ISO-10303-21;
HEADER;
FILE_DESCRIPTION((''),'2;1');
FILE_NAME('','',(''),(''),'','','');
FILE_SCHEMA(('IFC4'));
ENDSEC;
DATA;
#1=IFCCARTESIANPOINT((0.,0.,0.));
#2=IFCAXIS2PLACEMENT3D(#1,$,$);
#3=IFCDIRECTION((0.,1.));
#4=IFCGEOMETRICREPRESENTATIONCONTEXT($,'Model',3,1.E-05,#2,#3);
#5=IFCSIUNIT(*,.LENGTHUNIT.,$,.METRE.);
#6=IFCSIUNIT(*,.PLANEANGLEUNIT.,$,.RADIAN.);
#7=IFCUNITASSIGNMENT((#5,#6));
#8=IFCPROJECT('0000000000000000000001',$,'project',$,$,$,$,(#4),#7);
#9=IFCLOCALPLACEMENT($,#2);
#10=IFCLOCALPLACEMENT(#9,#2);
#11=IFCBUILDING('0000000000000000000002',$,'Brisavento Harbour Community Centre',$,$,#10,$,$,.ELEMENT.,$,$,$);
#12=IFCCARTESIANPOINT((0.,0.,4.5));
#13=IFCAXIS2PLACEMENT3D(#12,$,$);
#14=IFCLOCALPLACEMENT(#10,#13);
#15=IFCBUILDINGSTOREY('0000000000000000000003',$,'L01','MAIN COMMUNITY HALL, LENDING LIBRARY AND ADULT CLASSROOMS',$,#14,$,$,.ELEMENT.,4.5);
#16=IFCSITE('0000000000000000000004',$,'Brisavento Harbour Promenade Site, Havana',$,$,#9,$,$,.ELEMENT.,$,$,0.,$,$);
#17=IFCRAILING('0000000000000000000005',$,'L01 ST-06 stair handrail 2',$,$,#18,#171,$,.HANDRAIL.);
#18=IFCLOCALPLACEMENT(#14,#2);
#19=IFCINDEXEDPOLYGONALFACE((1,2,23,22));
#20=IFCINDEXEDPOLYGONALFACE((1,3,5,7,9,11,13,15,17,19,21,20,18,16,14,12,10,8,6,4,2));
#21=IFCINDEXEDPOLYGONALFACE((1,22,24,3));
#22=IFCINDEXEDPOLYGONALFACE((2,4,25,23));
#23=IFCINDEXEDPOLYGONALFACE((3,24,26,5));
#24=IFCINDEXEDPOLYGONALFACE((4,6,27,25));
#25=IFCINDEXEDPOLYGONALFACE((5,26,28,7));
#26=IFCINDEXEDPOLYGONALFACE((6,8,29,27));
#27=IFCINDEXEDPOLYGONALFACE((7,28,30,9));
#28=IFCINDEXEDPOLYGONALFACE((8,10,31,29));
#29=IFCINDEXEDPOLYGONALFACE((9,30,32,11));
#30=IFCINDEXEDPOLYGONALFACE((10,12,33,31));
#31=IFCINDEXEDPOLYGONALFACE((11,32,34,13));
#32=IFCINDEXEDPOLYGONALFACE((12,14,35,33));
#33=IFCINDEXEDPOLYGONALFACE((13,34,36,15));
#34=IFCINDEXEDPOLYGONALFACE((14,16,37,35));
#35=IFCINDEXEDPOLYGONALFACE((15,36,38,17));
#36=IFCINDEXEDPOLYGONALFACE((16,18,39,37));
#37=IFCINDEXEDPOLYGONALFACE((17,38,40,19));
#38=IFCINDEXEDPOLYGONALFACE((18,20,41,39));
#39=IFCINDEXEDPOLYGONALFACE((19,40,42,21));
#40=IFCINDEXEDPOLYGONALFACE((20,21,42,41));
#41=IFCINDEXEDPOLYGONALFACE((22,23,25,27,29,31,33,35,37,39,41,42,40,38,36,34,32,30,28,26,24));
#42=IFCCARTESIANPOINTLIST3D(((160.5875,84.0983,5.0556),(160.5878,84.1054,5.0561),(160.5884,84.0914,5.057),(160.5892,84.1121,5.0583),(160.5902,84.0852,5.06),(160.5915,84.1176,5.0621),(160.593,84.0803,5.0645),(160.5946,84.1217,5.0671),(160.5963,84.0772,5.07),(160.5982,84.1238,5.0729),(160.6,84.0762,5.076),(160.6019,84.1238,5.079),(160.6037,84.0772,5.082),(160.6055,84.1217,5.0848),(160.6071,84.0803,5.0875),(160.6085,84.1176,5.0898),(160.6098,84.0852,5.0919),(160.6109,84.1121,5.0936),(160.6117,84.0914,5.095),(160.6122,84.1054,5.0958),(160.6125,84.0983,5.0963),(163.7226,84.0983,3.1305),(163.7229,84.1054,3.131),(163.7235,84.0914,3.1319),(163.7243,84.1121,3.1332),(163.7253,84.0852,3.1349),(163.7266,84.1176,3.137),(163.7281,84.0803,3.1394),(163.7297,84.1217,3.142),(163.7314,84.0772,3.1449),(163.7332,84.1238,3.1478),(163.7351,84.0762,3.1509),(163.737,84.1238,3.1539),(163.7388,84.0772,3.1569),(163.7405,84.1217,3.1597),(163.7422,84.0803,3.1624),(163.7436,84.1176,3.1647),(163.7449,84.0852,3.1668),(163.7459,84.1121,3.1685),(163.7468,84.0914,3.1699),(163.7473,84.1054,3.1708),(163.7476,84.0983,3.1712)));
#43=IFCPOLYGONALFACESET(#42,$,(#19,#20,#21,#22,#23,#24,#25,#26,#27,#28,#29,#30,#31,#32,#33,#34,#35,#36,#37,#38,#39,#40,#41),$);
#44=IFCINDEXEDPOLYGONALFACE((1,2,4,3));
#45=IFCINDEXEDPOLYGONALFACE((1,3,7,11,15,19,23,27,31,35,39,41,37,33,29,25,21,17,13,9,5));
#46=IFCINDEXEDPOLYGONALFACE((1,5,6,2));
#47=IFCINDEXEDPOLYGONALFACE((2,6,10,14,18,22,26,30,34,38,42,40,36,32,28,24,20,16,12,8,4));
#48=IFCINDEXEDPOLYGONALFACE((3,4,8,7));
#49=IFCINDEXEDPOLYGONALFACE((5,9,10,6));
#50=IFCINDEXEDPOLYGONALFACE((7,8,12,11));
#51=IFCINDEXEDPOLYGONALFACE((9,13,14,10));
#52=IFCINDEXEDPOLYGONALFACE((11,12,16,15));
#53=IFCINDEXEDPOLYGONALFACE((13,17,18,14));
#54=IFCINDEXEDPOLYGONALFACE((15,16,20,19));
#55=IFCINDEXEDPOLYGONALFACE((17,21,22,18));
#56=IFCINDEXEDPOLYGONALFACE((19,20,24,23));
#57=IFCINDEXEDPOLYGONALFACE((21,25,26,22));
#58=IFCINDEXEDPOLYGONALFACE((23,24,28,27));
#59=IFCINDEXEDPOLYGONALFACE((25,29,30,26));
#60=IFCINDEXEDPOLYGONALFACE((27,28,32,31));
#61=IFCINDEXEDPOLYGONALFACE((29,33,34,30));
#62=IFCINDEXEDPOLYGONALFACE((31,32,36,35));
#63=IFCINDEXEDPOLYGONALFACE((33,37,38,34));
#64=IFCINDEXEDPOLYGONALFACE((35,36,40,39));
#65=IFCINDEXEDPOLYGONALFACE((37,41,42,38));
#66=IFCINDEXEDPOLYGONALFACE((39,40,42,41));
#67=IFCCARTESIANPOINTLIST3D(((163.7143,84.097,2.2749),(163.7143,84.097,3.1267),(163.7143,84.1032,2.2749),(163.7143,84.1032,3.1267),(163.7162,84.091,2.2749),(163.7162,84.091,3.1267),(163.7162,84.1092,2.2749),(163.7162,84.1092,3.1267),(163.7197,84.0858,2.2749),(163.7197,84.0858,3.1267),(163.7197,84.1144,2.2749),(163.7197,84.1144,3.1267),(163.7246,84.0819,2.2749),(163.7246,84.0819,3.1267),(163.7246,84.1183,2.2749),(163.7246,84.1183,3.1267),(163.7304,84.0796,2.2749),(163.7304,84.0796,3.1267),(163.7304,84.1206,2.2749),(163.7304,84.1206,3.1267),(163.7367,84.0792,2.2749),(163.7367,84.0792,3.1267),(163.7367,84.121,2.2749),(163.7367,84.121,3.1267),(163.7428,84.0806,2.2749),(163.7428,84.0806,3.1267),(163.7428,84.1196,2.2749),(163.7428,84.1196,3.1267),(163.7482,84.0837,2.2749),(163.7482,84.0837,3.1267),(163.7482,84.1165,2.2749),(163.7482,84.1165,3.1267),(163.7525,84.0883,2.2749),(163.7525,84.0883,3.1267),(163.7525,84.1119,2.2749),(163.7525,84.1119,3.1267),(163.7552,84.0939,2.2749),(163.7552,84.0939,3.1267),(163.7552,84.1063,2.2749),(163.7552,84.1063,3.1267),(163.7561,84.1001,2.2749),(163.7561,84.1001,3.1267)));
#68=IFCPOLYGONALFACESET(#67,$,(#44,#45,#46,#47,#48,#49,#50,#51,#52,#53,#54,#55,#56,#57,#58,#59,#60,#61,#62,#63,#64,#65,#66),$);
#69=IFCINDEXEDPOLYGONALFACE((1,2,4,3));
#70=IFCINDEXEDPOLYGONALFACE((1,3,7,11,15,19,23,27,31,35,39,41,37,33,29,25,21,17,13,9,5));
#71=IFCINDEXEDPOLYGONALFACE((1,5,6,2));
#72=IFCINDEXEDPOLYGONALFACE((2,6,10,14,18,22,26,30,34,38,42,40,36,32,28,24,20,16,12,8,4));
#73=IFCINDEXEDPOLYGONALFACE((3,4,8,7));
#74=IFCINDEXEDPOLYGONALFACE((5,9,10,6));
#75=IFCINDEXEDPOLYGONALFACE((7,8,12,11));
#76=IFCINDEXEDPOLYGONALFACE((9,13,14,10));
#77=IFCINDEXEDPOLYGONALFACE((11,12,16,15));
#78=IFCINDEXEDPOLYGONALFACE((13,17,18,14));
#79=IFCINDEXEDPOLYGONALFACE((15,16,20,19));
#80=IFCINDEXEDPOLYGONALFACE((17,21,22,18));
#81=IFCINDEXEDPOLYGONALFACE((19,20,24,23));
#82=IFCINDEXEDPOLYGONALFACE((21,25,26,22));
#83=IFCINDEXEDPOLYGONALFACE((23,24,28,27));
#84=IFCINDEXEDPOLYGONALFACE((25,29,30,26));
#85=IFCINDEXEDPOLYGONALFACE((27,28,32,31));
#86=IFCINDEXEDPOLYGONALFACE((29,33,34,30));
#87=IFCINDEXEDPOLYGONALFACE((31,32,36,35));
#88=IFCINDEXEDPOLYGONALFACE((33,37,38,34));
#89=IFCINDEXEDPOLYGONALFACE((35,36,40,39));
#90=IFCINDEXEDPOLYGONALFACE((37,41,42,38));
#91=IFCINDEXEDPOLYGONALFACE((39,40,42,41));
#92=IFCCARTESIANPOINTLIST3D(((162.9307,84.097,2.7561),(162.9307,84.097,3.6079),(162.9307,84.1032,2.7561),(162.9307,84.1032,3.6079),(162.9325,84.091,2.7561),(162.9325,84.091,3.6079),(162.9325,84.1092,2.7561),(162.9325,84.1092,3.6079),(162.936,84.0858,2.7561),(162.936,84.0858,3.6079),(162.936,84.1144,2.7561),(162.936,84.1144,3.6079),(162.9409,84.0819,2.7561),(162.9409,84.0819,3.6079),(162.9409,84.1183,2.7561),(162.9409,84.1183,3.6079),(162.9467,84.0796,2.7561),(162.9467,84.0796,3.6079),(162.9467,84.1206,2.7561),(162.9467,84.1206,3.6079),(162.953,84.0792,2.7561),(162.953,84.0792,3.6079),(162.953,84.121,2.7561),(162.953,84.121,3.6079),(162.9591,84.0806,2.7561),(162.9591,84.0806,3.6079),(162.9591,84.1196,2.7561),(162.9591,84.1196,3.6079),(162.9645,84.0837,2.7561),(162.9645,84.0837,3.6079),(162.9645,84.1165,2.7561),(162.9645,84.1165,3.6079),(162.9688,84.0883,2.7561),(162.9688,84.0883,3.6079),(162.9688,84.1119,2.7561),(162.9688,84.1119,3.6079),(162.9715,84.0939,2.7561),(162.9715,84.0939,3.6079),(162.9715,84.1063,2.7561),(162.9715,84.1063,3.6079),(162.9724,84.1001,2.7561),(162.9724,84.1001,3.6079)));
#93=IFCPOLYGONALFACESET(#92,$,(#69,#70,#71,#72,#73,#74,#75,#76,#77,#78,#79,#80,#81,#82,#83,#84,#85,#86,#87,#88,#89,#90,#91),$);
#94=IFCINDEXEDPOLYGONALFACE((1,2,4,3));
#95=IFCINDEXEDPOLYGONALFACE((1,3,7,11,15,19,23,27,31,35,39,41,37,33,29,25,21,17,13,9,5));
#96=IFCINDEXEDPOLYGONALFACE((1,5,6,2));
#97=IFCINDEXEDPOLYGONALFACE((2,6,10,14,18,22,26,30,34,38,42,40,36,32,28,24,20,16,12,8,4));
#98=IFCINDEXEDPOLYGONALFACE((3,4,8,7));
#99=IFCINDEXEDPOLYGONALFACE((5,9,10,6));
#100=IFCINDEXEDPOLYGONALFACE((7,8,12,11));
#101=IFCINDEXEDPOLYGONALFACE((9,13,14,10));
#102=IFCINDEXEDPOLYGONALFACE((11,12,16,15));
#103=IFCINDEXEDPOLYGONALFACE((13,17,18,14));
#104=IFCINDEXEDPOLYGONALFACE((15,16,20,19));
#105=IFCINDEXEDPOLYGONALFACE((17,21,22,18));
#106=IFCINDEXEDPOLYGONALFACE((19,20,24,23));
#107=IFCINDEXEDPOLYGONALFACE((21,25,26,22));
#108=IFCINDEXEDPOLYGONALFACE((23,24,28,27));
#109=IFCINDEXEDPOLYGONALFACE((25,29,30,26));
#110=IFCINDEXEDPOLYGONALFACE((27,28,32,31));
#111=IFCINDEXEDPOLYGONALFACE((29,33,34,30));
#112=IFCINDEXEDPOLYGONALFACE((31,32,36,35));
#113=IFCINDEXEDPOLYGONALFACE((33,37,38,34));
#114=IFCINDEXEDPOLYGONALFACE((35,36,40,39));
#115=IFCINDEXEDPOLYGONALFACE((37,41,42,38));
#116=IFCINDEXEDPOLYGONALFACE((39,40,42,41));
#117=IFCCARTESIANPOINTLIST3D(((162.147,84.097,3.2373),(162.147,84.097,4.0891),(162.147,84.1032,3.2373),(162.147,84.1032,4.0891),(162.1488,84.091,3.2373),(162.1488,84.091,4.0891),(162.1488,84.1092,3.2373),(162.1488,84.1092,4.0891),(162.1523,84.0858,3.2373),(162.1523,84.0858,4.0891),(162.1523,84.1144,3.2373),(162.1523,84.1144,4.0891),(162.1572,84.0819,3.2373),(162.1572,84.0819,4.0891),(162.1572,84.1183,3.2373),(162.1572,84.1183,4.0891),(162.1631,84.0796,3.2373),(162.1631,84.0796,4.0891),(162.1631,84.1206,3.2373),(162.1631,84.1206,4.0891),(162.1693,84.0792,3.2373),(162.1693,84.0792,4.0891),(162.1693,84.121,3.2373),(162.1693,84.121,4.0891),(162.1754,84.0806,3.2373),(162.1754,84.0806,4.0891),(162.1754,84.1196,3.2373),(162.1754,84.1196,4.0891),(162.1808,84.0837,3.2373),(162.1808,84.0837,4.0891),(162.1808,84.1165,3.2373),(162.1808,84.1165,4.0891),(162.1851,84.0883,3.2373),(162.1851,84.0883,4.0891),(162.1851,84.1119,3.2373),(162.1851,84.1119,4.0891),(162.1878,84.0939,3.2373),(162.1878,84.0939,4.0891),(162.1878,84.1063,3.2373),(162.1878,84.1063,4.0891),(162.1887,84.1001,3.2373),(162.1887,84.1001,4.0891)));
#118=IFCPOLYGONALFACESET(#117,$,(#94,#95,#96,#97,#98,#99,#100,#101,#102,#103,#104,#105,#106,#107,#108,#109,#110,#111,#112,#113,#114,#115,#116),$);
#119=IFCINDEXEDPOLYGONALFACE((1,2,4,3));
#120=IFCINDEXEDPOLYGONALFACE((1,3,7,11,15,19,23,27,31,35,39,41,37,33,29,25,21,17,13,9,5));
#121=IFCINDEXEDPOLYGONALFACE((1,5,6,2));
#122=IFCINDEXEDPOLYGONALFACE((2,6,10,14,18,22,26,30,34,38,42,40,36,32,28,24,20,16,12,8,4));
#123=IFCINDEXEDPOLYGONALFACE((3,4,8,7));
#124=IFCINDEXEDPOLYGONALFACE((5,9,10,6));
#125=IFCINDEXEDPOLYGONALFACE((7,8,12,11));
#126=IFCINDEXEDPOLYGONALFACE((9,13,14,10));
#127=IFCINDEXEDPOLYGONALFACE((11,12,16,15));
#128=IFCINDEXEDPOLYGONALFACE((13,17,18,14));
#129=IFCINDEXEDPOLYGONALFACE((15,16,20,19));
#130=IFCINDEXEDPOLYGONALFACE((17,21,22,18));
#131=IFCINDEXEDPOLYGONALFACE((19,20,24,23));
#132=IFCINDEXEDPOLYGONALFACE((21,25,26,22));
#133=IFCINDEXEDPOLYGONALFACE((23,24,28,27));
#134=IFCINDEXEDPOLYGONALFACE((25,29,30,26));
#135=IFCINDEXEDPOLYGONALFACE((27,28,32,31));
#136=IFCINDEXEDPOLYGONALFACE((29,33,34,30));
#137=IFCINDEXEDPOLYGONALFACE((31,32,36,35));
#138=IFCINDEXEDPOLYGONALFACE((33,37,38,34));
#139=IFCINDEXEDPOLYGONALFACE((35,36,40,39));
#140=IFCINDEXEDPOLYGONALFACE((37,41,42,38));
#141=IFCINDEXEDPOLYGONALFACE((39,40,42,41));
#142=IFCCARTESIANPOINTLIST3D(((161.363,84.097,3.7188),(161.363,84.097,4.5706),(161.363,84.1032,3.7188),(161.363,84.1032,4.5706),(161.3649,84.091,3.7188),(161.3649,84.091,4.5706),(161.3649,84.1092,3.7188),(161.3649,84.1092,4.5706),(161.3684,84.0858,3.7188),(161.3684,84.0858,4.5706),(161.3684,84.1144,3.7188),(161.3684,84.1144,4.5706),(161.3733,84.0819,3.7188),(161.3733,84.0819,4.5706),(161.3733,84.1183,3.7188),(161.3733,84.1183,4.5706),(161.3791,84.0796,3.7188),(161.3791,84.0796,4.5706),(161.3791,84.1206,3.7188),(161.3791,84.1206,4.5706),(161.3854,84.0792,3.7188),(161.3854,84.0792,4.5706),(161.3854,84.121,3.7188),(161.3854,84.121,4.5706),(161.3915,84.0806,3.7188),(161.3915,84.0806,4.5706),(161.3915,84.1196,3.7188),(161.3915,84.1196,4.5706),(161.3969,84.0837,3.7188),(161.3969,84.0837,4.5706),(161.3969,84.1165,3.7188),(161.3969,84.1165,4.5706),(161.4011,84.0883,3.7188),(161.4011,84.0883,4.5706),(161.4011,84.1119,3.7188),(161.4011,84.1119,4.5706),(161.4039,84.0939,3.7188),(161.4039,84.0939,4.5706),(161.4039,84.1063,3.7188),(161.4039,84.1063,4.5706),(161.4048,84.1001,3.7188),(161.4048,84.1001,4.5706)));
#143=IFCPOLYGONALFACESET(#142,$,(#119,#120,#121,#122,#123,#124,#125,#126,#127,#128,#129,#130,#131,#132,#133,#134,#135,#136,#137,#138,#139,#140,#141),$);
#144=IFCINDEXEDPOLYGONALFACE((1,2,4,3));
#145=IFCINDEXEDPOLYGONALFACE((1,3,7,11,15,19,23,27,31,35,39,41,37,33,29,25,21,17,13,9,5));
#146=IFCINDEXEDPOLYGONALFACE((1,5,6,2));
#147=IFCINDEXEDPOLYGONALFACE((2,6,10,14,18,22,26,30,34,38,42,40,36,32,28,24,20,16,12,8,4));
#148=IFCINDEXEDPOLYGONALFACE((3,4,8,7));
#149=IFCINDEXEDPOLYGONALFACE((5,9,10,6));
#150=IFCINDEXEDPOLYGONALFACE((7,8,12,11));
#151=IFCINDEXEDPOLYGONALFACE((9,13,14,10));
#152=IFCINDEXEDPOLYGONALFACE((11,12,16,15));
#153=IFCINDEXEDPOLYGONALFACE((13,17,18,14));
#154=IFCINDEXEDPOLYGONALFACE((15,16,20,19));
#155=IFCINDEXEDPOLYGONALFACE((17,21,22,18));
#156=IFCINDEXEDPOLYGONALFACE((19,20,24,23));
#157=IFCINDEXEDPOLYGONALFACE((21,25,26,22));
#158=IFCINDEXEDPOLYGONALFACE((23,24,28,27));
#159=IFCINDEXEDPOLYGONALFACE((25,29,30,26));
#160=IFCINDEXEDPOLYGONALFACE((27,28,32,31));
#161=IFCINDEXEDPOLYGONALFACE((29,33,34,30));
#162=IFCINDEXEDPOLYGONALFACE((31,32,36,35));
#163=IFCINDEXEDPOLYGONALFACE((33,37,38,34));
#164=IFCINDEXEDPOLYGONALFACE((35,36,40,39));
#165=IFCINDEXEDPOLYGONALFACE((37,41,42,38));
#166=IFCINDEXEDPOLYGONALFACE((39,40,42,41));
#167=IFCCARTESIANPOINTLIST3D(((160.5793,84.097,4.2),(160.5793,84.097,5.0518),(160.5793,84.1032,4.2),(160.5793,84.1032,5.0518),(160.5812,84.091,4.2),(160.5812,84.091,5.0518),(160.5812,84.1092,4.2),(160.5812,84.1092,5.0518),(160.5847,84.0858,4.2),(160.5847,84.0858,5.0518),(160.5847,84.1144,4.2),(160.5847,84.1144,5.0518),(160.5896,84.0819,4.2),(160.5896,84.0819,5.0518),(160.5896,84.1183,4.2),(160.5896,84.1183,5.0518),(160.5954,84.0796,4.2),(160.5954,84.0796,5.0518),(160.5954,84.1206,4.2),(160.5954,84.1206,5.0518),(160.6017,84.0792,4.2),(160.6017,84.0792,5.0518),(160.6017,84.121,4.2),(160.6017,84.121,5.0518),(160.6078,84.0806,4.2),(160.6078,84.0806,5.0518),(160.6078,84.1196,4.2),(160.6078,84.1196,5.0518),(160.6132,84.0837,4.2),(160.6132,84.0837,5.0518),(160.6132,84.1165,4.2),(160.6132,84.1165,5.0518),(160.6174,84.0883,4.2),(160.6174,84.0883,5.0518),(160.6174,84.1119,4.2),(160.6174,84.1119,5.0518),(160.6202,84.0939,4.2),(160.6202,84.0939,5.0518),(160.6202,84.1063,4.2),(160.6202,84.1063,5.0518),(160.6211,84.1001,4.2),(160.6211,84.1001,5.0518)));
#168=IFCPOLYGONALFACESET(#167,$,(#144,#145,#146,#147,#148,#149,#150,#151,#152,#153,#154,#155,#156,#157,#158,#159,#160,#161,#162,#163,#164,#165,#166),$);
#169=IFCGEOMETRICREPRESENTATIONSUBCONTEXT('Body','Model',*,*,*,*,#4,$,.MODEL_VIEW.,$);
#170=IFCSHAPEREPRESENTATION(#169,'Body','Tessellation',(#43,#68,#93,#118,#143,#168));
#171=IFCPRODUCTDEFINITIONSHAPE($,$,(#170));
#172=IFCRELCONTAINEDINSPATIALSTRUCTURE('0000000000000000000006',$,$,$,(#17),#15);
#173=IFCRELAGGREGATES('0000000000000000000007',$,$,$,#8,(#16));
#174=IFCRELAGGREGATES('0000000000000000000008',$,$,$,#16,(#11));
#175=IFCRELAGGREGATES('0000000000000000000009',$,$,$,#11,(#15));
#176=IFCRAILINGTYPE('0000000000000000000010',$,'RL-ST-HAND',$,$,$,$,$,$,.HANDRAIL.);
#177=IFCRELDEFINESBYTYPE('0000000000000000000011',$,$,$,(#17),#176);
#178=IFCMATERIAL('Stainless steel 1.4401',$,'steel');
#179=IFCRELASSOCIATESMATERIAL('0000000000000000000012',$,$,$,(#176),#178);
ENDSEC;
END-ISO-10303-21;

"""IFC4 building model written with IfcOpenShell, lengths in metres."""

from ifc_helpers import new_model, si_unit, direction, frame, origin, origin_2d, place, context, subcontext, project, spatial, circle, extrude, material, type_object, element, save


model = new_model("IFC4")

# Units and contexts
model_context = context("Model", 3, precision=1e-05, world=origin(), true_north=direction((0.0, 1.0)))
body_context = subcontext(model_context, "Body", "Model", "MODEL_VIEW")
ifc_project = project(units=[si_unit("LENGTHUNIT", "METRE"), si_unit("PLANEANGLEUNIT", "RADIAN")], contexts=[model_context])

# Site, building, storey
site_placement = place(None, origin())
site = spatial("IfcSite", under=ifc_project, at=site_placement, Name="Brisavento Harbour Promenade Site, Havana", CompositionType="ELEMENT", RefElevation=0.0)
building_placement = place(site_placement, origin())
building = spatial("IfcBuilding", under=site, at=building_placement, Name="Brisavento Harbour Community Centre", CompositionType="ELEMENT")
storey_placement = place(building_placement, frame((0.0, 0.0, 4.5)))
storey = spatial("IfcBuildingStorey", under=building, at=storey_placement, Name="L01", Description="MAIN COMMUNITY HALL, LENDING LIBRARY AND ADULT CLASSROOMS", CompositionType="ELEMENT", Elevation=4.5)

# Railing
ifc_material_1 = material(Name="Stainless steel 1.4401", Category="steel")
railing_type_1 = type_object("IfcRailingType", Name="RL-ST-HAND", PredefinedType="HANDRAIL", material=ifc_material_1)
railing_1_placement = place(storey_placement, frame((163.7351, 84.1001, 2.2749)))
element("IfcRailing", 1, at=railing_1_placement, inside=storey, type_object=railing_type_1, Name="L01 ST-06 stair handrail 2", PredefinedType="HANDRAIL", context=body_context, shape_type="SweptSolid", body=[
    extrude(circle(Radius=0.0239, at=origin_2d()), frame((0.0, 0.0, 0.876), z_axis=(-0.852166, 0.0, 0.523271), x_axis=(0.0, -1.0, 0.0)), (0.0, 0.0, 1.0), 3.679),
    extrude(circle(Radius=0.021, at=origin_2d()), origin(), (0.0, 0.0, 1.0), 0.8518),
    extrude(circle(Radius=0.021, at=origin_2d()), frame((-0.7837, 0.0, 0.4812)), (0.0, 0.0, 1.0), 0.8518),
    extrude(circle(Radius=0.021, at=origin_2d()), frame((-1.5674, 0.0, 0.9624)), (0.0, 0.0, 1.0), 0.8518),
    extrude(circle(Radius=0.021, at=origin_2d()), frame((-2.3513, 0.0, 1.4438)), (0.0, 0.0, 1.0), 0.8518),
    extrude(circle(Radius=0.021, at=origin_2d()), frame((-3.135, 0.0, 1.925)), (0.0, 0.0, 1.0), 0.8518),
])

save(model, "model.ifc")
